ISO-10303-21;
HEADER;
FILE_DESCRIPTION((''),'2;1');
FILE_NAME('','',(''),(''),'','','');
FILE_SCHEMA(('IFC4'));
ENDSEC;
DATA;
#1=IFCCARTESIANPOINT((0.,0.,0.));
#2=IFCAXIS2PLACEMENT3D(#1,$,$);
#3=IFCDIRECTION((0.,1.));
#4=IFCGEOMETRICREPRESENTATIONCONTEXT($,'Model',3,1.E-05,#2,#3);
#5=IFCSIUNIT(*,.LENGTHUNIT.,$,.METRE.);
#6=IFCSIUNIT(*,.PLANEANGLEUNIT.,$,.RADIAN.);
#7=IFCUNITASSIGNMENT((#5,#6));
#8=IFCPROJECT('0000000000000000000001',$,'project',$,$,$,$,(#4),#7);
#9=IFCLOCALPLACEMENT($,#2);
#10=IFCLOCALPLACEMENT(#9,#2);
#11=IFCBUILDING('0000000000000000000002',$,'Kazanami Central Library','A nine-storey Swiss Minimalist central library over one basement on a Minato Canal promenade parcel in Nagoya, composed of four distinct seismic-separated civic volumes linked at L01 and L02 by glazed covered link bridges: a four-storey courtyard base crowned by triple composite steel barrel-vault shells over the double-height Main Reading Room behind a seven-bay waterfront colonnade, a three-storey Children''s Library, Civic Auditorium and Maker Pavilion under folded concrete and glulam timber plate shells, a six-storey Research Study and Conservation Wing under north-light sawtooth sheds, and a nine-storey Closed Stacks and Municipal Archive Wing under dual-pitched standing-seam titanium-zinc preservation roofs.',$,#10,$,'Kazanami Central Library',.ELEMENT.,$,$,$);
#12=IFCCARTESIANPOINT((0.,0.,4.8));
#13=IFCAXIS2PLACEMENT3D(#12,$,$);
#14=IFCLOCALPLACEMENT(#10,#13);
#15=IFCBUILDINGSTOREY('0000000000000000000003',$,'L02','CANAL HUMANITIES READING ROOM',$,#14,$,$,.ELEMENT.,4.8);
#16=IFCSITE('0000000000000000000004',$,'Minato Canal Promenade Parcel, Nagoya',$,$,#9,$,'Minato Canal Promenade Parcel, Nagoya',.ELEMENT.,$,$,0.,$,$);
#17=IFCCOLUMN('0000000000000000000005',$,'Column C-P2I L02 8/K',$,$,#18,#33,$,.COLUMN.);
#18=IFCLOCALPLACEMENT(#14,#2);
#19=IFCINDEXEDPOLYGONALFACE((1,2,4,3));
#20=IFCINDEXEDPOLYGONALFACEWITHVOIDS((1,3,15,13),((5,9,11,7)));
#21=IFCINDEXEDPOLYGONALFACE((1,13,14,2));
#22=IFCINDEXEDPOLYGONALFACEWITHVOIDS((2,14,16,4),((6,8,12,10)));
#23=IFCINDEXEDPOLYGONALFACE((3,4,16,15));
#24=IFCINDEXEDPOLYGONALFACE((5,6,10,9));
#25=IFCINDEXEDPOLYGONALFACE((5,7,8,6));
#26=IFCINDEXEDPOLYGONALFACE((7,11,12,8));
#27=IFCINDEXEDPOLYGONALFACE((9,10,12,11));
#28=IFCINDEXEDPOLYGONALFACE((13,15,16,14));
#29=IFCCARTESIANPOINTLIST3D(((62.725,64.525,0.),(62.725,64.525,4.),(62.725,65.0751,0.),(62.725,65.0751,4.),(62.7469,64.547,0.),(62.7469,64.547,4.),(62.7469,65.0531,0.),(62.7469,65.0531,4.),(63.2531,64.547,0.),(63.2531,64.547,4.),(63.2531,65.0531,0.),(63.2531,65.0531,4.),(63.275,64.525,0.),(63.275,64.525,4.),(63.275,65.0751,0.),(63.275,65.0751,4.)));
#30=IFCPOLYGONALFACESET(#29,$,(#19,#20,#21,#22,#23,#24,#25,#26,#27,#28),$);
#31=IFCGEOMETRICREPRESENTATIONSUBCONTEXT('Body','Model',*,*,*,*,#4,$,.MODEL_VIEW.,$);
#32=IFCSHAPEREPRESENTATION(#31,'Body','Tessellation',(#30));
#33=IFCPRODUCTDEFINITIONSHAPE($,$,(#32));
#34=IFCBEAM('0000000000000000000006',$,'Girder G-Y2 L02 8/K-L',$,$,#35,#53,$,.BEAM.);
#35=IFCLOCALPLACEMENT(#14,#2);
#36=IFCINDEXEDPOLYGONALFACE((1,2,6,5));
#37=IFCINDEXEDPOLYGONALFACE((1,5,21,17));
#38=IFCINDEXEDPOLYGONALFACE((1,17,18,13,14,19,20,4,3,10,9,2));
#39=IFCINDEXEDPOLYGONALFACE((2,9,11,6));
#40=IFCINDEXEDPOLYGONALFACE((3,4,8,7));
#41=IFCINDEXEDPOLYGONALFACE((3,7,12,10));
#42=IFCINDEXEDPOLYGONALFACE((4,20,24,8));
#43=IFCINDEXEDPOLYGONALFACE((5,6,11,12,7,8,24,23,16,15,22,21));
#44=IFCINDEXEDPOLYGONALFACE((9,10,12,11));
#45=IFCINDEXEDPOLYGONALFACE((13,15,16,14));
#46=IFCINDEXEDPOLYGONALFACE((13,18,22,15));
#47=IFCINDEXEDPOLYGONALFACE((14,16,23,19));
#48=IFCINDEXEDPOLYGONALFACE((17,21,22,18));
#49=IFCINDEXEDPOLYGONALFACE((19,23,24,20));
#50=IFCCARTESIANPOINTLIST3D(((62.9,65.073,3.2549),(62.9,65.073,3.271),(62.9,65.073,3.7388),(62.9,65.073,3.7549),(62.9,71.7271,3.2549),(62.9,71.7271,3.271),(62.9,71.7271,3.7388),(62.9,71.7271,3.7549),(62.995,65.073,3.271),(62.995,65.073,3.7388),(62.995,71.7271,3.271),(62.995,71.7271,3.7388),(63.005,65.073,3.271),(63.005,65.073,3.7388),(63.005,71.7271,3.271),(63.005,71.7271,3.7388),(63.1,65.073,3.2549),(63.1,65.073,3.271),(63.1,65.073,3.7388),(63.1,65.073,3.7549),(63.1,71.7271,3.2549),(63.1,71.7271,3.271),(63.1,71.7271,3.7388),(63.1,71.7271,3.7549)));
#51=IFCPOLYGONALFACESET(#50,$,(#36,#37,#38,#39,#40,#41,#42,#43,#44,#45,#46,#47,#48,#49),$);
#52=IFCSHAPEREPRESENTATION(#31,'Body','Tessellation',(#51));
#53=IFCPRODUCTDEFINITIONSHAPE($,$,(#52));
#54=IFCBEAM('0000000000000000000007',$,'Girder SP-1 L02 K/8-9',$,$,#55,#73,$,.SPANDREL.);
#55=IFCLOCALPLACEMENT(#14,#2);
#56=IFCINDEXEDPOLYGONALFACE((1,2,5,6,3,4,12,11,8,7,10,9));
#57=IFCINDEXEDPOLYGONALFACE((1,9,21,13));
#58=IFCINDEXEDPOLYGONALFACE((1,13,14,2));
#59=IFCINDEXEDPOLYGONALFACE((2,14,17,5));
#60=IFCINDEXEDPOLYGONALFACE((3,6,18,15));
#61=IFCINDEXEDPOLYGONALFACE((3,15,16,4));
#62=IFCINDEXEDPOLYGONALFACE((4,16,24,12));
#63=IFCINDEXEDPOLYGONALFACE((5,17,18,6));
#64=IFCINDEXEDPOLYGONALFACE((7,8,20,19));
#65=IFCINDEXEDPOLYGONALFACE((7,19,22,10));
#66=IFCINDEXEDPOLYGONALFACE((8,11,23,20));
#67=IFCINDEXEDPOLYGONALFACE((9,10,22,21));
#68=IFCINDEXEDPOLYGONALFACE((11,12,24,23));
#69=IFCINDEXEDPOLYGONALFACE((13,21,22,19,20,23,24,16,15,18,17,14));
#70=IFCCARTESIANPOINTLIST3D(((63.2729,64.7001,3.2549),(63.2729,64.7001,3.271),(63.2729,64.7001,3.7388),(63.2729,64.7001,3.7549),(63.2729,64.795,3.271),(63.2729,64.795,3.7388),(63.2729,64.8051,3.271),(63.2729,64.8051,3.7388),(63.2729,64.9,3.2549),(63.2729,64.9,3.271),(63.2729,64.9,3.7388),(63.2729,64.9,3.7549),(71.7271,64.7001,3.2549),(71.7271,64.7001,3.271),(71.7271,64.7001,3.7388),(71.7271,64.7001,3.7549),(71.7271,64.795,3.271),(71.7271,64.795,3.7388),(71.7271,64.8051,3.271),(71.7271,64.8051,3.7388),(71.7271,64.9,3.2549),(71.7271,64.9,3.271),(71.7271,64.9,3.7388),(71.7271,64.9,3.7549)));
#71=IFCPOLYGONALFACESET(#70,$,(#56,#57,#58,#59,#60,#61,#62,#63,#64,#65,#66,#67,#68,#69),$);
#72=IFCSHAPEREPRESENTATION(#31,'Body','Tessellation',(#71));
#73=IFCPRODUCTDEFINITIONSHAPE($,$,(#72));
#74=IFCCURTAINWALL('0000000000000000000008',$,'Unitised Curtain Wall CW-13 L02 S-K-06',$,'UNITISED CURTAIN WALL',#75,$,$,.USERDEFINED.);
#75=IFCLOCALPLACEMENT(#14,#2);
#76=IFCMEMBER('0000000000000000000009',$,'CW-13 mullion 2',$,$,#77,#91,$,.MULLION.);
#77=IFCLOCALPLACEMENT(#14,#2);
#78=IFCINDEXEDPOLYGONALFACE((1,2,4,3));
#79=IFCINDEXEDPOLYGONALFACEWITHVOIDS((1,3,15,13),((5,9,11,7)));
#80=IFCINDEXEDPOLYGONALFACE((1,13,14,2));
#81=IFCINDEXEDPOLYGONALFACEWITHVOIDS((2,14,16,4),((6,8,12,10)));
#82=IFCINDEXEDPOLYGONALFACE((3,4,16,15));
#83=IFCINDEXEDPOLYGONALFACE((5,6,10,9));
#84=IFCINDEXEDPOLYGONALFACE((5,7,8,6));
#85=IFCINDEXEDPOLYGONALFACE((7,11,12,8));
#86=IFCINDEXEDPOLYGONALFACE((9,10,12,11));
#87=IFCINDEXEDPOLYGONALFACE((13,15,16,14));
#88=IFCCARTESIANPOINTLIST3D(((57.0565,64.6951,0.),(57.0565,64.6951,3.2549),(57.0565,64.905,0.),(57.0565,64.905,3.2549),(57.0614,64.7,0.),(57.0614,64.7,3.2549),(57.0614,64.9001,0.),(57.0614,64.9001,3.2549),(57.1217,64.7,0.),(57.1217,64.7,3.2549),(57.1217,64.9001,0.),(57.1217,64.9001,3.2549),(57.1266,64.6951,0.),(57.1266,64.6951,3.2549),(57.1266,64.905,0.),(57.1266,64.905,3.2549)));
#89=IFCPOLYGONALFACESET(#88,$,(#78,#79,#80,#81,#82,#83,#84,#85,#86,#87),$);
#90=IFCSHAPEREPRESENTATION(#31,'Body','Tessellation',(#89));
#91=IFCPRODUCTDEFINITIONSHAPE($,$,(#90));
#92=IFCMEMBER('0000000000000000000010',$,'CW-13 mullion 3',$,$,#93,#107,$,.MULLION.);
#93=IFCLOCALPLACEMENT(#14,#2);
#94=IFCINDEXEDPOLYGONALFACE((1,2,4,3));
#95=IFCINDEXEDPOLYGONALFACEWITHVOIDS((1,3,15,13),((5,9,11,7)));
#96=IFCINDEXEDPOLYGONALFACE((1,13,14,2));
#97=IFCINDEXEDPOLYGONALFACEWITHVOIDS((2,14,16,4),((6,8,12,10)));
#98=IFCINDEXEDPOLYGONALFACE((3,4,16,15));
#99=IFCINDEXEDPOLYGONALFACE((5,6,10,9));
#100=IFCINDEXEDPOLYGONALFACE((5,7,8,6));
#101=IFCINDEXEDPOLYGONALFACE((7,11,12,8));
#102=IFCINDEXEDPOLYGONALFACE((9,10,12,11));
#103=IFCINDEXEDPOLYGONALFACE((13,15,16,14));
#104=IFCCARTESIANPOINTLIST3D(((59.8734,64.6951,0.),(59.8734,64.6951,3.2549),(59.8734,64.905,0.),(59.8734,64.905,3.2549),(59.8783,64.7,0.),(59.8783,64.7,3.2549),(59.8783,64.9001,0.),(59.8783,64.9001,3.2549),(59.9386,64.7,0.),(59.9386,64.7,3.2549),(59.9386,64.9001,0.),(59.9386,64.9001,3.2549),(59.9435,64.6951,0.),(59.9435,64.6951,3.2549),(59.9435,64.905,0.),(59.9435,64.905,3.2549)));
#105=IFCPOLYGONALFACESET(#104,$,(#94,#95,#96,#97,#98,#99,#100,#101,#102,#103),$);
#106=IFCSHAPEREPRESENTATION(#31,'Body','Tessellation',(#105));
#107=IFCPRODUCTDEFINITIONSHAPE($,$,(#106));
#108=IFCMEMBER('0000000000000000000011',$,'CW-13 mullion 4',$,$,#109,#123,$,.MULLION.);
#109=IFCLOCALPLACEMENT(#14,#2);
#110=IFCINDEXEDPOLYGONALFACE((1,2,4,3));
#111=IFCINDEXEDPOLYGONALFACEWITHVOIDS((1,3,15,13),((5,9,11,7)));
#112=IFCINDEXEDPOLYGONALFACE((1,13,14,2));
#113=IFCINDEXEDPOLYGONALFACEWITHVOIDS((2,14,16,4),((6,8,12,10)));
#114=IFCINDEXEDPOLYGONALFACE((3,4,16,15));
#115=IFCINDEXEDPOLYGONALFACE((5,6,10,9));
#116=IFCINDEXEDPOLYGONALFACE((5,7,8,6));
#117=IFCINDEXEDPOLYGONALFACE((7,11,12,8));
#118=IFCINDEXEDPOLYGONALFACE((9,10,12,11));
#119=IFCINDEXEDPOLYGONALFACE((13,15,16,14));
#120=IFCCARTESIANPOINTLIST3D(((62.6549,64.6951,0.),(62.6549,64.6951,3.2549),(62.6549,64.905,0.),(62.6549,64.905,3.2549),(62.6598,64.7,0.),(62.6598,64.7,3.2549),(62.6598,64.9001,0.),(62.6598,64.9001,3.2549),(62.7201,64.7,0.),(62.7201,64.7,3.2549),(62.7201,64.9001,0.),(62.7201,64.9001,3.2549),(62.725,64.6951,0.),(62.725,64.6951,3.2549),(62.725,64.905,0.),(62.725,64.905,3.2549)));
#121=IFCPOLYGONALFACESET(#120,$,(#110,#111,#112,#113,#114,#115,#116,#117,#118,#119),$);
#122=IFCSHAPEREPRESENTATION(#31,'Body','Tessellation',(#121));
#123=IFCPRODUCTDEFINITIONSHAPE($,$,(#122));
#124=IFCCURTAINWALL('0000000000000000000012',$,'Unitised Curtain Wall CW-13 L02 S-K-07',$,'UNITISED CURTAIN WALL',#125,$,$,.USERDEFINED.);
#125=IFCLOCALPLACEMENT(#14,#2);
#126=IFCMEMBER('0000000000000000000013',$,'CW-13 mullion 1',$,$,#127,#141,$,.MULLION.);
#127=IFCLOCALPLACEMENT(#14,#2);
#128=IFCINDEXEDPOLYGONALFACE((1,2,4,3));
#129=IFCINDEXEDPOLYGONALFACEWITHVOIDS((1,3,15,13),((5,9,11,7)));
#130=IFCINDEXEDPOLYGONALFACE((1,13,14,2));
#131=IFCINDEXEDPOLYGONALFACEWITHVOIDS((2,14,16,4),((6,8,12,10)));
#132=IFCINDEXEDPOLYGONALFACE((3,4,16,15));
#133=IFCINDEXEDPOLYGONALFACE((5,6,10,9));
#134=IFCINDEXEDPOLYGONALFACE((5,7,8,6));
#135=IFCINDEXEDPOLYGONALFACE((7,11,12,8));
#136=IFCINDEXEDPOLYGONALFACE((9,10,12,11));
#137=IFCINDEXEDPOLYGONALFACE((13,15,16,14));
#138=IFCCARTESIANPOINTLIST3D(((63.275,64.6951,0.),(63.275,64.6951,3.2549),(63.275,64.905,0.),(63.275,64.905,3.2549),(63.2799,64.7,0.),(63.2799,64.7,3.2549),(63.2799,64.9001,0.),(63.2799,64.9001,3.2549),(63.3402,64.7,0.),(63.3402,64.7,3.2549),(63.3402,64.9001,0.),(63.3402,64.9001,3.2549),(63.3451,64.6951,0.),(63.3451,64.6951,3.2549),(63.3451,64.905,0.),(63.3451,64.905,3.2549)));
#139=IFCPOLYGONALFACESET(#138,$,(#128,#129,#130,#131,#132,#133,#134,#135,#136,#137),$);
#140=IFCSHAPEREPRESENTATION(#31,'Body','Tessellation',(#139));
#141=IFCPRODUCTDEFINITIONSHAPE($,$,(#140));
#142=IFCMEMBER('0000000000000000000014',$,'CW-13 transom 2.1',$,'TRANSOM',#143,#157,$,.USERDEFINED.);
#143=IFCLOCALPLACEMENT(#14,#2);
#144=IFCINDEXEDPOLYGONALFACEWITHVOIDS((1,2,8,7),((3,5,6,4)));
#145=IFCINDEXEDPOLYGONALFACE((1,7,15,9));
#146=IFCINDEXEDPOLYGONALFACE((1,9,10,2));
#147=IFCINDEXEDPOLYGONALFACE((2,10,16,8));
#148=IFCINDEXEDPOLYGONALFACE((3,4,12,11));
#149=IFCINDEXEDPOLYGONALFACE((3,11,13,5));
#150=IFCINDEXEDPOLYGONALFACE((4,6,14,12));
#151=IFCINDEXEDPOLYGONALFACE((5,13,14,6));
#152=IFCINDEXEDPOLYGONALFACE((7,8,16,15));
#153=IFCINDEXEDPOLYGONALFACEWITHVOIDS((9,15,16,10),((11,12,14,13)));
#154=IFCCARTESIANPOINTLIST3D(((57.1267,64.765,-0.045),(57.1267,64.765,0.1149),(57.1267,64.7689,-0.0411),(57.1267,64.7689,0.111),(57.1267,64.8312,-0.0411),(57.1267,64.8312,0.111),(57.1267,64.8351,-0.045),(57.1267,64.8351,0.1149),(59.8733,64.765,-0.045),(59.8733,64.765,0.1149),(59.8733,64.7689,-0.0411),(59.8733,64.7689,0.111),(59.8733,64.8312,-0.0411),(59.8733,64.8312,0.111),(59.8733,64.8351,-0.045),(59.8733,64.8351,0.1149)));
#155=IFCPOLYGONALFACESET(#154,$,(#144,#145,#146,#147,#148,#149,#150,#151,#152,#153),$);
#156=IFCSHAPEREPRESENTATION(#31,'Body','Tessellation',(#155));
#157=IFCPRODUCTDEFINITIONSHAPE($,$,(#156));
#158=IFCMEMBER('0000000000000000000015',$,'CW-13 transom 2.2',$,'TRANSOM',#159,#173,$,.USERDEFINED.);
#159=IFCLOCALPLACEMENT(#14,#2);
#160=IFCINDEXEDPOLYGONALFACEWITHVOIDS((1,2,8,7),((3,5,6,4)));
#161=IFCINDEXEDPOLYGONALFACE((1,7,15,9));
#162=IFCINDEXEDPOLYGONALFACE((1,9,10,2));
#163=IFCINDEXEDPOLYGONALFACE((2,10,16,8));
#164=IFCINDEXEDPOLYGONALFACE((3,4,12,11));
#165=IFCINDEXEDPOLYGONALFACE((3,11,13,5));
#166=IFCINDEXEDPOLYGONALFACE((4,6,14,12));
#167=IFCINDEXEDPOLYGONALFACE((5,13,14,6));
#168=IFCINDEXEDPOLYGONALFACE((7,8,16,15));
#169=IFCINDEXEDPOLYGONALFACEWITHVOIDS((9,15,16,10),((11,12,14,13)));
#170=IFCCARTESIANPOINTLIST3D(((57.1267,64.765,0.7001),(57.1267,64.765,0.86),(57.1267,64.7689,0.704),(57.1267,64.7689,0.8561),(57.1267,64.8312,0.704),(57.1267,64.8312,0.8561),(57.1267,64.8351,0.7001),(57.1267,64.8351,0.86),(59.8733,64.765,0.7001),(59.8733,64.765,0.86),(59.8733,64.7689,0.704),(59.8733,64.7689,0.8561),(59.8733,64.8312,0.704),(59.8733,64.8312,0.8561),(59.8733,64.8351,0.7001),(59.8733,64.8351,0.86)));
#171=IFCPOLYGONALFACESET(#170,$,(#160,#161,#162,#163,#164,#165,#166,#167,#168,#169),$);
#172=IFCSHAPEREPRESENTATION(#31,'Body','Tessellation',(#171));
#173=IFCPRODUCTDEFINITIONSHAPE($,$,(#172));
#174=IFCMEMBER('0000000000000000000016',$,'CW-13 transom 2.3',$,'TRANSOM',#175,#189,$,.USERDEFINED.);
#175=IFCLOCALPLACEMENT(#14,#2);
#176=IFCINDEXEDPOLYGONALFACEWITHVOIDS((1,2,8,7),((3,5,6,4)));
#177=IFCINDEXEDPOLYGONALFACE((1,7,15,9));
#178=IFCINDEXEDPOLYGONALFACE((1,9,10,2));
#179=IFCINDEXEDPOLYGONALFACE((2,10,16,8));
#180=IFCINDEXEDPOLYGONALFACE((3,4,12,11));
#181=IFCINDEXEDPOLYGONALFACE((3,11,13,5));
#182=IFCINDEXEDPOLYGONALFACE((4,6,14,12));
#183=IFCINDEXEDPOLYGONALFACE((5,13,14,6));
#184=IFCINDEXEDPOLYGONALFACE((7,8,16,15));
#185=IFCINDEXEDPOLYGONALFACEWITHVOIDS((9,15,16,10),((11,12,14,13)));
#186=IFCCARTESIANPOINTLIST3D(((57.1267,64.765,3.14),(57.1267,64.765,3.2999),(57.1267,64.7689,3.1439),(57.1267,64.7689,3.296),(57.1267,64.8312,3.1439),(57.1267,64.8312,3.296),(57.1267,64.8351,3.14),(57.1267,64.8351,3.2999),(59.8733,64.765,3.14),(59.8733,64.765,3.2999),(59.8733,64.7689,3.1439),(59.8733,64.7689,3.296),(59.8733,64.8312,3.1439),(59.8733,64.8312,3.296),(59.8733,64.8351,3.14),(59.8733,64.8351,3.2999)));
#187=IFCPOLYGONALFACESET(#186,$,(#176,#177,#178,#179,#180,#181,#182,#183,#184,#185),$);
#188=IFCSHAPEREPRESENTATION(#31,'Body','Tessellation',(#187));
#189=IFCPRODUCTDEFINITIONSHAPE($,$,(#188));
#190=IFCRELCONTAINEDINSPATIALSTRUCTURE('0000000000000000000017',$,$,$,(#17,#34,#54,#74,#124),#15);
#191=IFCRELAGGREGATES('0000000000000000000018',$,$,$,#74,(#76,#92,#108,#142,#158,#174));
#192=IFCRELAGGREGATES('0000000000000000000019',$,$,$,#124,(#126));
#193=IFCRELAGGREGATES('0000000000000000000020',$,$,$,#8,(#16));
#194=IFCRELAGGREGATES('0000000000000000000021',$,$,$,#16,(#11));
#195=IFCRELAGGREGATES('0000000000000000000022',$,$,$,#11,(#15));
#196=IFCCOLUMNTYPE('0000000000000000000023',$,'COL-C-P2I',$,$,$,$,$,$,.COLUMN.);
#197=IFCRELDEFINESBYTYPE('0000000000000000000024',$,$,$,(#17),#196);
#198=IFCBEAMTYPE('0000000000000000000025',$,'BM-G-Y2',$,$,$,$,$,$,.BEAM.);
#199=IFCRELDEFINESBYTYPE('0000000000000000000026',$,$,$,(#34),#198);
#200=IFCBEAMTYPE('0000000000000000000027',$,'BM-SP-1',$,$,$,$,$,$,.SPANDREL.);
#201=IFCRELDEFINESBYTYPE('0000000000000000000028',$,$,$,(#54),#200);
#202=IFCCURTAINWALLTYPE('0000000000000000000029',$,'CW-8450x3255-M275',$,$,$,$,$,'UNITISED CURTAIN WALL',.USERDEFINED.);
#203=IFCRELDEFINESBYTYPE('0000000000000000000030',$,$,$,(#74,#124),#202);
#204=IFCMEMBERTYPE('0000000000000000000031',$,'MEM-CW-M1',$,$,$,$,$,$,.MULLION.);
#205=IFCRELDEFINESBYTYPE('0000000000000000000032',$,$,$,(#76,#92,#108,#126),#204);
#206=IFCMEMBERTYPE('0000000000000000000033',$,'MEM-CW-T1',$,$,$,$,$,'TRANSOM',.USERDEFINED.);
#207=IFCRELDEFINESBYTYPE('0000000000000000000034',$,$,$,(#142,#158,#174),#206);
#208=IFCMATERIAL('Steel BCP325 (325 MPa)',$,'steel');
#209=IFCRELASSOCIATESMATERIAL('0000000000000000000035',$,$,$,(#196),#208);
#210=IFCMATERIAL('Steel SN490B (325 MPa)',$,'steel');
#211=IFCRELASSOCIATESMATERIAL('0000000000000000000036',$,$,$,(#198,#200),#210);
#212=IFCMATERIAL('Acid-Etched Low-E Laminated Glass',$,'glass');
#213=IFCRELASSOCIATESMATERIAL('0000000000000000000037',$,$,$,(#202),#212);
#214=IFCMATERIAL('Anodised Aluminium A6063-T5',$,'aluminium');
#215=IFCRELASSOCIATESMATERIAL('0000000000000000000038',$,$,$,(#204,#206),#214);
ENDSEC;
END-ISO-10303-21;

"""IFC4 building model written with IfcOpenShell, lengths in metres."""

from ifc_helpers import new_model, si_unit, direction, frame, origin, origin_2d, place, context, subcontext, project, spatial, hollow_rectangle, i_section, extrude, material, material_profile, profile_set, type_object, element, aggregate, save


model = new_model("IFC4")

# Units and contexts
model_context = context("Model", 3, precision=1e-05, world=origin(), true_north=direction((0.0, 1.0)))
body_context = subcontext(model_context, "Body", "Model", "MODEL_VIEW")
ifc_project = project(units=[si_unit("LENGTHUNIT", "METRE"), si_unit("PLANEANGLEUNIT", "RADIAN")], contexts=[model_context])

# Site, building, storey
site_placement = place(None, origin())
site = spatial("IfcSite", under=ifc_project, at=site_placement, Name="Minato Canal Promenade Parcel, Nagoya", LongName="Minato Canal Promenade Parcel, Nagoya", CompositionType="ELEMENT", RefElevation=0.0)
building_placement = place(site_placement, origin())
building = spatial("IfcBuilding", under=site, at=building_placement, Name="Kazanami Central Library", Description="A nine-storey Swiss Minimalist central library over one basement on a Minato Canal promenade parcel in Nagoya, composed of four distinct seismic-separated civic volumes linked at L01 and L02 by glazed covered link bridges: a four-storey courtyard base crowned by triple composite steel barrel-vault shells over the double-height Main Reading Room behind a seven-bay waterfront colonnade, a three-storey Children's Library, Civic Auditorium and Maker Pavilion under folded concrete and glulam timber plate shells, a six-storey Research Study and Conservation Wing under north-light sawtooth sheds, and a nine-storey Closed Stacks and Municipal Archive Wing under dual-pitched standing-seam titanium-zinc preservation roofs.", LongName="Kazanami Central Library", CompositionType="ELEMENT")
storey_placement = place(building_placement, frame((0.0, 0.0, 4.8)))
storey = spatial("IfcBuildingStorey", under=building, at=storey_placement, Name="L02", Description="CANAL HUMANITIES READING ROOM", CompositionType="ELEMENT", Elevation=4.8)

# Column
ifc_material_1 = material(Name="Steel BCP325 (325 MPa)", Category="steel")
ifc_material_profile_1 = material_profile(ifc_material_1, hollow_rectangle(XDim=0.55, YDim=0.55, WallThickness=0.022, at=origin_2d()), Name="BCP-550x550x22")
ifc_profile_set_1 = profile_set([ifc_material_profile_1], Name="Steel BCP325 (325 MPa)")
column_type = type_object("IfcColumnType", Name="COL-C-P2I", PredefinedType="COLUMN", material=ifc_profile_set_1)
column_placement = place(storey_placement, frame((63.0, 64.8, 0.0), z_axis=(0.0, 0.0, 1.0), x_axis=(1.0, 0.0, 0.0)))
element("IfcColumn", 1, at=column_placement, inside=storey, type_object=column_type, Name="Column C-P2I L02 8/K", PredefinedType="COLUMN", context=body_context, shape_type="SweptSolid", body=[
    extrude(hollow_rectangle(XDim=0.55, YDim=0.55, WallThickness=0.022, at=origin_2d()), origin(), (0.0, 0.0, 1.0), 4.0),
])

# Beams
ifc_material_2 = material(Name="Steel SN490B (325 MPa)", Category="steel")
ifc_material_profile_2 = material_profile(ifc_material_2, i_section(OverallWidth=0.2, OverallDepth=0.5, WebThickness=0.01, FlangeThickness=0.0161, at=origin_2d()), Name="H-500x200x10x16")
ifc_profile_set_2 = profile_set([ifc_material_profile_2], Name="Steel SN490B (325 MPa)")
beam_type_1 = type_object("IfcBeamType", Name="BM-G-Y2", PredefinedType="BEAM", material=ifc_profile_set_2)
beam_1_placement = place(storey_placement, frame((63.0, 65.073, 3.5049), z_axis=(0.0, 1.0, 0.0), x_axis=(-1.0, 0.0, 0.0)))
element("IfcBeam", 2, at=beam_1_placement, inside=storey, type_object=beam_type_1, Name="Girder G-Y2 L02 8/K-L", PredefinedType="BEAM", context=body_context, shape_type="SweptSolid", body=[
    extrude(i_section(OverallWidth=0.2, OverallDepth=0.5, WebThickness=0.01, FlangeThickness=0.0161, at=origin_2d()), origin(), (0.0, 0.0, 1.0), 6.6541),
])
ifc_material_profile_3 = material_profile(ifc_material_2, i_section(OverallWidth=0.2, OverallDepth=0.5, WebThickness=0.01, FlangeThickness=0.0161, at=origin_2d()), Name="H-500x200x10x16")
ifc_profile_set_3 = profile_set([ifc_material_profile_3], Name="Steel SN490B (325 MPa)")
beam_type_2 = type_object("IfcBeamType", Name="BM-SP-1", PredefinedType="SPANDREL", material=ifc_profile_set_3)
beam_2_placement = place(storey_placement, frame((63.2729, 64.8, 3.5049), z_axis=(1.0, 0.0, 0.0), x_axis=(0.0, 1.0, 0.0)))
element("IfcBeam", 3, at=beam_2_placement, inside=storey, type_object=beam_type_2, Name="Girder SP-1 L02 K/8-9", PredefinedType="SPANDREL", context=body_context, shape_type="SweptSolid", body=[
    extrude(i_section(OverallWidth=0.2, OverallDepth=0.5, WebThickness=0.01, FlangeThickness=0.0161, at=origin_2d()), origin(), (0.0, 0.0, 1.0), 8.4541),
])

# Curtain wall, members
ifc_material_3 = material(Name="Acid-Etched Low-E Laminated Glass", Category="glass")
curtain_wall_type = type_object("IfcCurtainWallType", Name="CW-8450x3255-M275", ElementType="UNITISED CURTAIN WALL", PredefinedType="USERDEFINED", material=ifc_material_3)
curtain_wall_1_placement = place(storey_placement, origin())
curtain_wall_1 = element("IfcCurtainWall", 4, at=curtain_wall_1_placement, inside=storey, type_object=curtain_wall_type, Name="Unitised Curtain Wall CW-13 L02 S-K-06", ObjectType="UNITISED CURTAIN WALL", PredefinedType="USERDEFINED")
ifc_material_4 = material(Name="Anodised Aluminium A6063-T5", Category="aluminium")
ifc_material_profile_4 = material_profile(ifc_material_4, hollow_rectangle(XDim=0.0701, YDim=0.21, WallThickness=0.0049, at=origin_2d()), Name="ALU-MULL-70x210x5")
ifc_profile_set_4 = profile_set([ifc_material_profile_4], Name="Anodised Aluminium A6063-T5")
member_type_1 = type_object("IfcMemberType", Name="MEM-CW-M1", PredefinedType="MULLION", material=ifc_profile_set_4)
member_1_placement = place(storey_placement, frame((57.0916, 64.8, 0.0), z_axis=(0.0, 0.0, 1.0), x_axis=(1.0, 0.0, 0.0)))
member_1 = element("IfcMember", 5, at=member_1_placement, type_object=member_type_1, Name="CW-13 mullion 2", PredefinedType="MULLION", context=body_context, shape_type="SweptSolid", body=[
    extrude(hollow_rectangle(XDim=0.0701, YDim=0.21, WallThickness=0.0049, at=origin_2d()), origin(), (0.0, 0.0, 1.0), 3.2549),
])
member_2_placement = place(storey_placement, frame((59.9084, 64.8, 0.0), z_axis=(0.0, 0.0, 1.0), x_axis=(1.0, 0.0, 0.0)))
member_2 = element("IfcMember", 6, at=member_2_placement, type_object=member_type_1, Name="CW-13 mullion 3", PredefinedType="MULLION", context=body_context, shape_type="SweptSolid", body=[
    extrude(hollow_rectangle(XDim=0.0701, YDim=0.21, WallThickness=0.0049, at=origin_2d()), origin(), (0.0, 0.0, 1.0), 3.2549),
])
member_3_placement = place(storey_placement, frame((62.6899, 64.8, 0.0), z_axis=(0.0, 0.0, 1.0), x_axis=(1.0, 0.0, 0.0)))
member_3 = element("IfcMember", 7, at=member_3_placement, type_object=member_type_1, Name="CW-13 mullion 4", PredefinedType="MULLION", context=body_context, shape_type="SweptSolid", body=[
    extrude(hollow_rectangle(XDim=0.0701, YDim=0.21, WallThickness=0.0049, at=origin_2d()), origin(), (0.0, 0.0, 1.0), 3.2549),
])

# Curtain wall, member
curtain_wall_2_placement = place(storey_placement, origin())
curtain_wall_2 = element("IfcCurtainWall", 8, at=curtain_wall_2_placement, inside=storey, type_object=curtain_wall_type, Name="Unitised Curtain Wall CW-13 L02 S-K-07", ObjectType="UNITISED CURTAIN WALL", PredefinedType="USERDEFINED")
member_4_placement = place(storey_placement, frame((63.3101, 64.8, 0.0), z_axis=(0.0, 0.0, 1.0), x_axis=(1.0, 0.0, 0.0)))
member_4 = element("IfcMember", 9, at=member_4_placement, type_object=member_type_1, Name="CW-13 mullion 1", PredefinedType="MULLION", context=body_context, shape_type="SweptSolid", body=[
    extrude(hollow_rectangle(XDim=0.0701, YDim=0.21, WallThickness=0.0049, at=origin_2d()), origin(), (0.0, 0.0, 1.0), 3.2549),
])

# Members
ifc_material_profile_5 = material_profile(ifc_material_4, hollow_rectangle(XDim=0.0701, YDim=0.1599, WallThickness=0.0039, at=origin_2d()), Name="ALU-TRAN-70x160x4")
ifc_profile_set_5 = profile_set([ifc_material_profile_5], Name="Anodised Aluminium A6063-T5")
member_type_2 = type_object("IfcMemberType", Name="MEM-CW-T1", ElementType="TRANSOM", PredefinedType="USERDEFINED", material=ifc_profile_set_5)
member_5_placement = place(storey_placement, frame((57.1267, 64.8, 0.0349), z_axis=(1.0, 0.0, 0.0), x_axis=(0.0, 1.0, 0.0)))
member_5 = element("IfcMember", 10, at=member_5_placement, type_object=member_type_2, Name="CW-13 transom 2.1", ObjectType="TRANSOM", PredefinedType="USERDEFINED", context=body_context, shape_type="SweptSolid", body=[
    extrude(hollow_rectangle(XDim=0.0701, YDim=0.1599, WallThickness=0.0039, at=origin_2d()), origin(), (0.0, 0.0, 1.0), 2.7466),
])
member_6_placement = place(storey_placement, frame((57.1267, 64.8, 0.78), z_axis=(1.0, 0.0, 0.0), x_axis=(0.0, 1.0, 0.0)))
member_6 = element("IfcMember", 11, at=member_6_placement, type_object=member_type_2, Name="CW-13 transom 2.2", ObjectType="TRANSOM", PredefinedType="USERDEFINED", context=body_context, shape_type="SweptSolid", body=[
    extrude(hollow_rectangle(XDim=0.0701, YDim=0.1599, WallThickness=0.0039, at=origin_2d()), origin(), (0.0, 0.0, 1.0), 2.7466),
])
member_7_placement = place(storey_placement, frame((57.1267, 64.8, 3.22), z_axis=(1.0, 0.0, 0.0), x_axis=(0.0, 1.0, 0.0)))
member_7 = element("IfcMember", 12, at=member_7_placement, type_object=member_type_2, Name="CW-13 transom 2.3", ObjectType="TRANSOM", PredefinedType="USERDEFINED", context=body_context, shape_type="SweptSolid", body=[
    extrude(hollow_rectangle(XDim=0.0701, YDim=0.1599, WallThickness=0.0039, at=origin_2d()), origin(), (0.0, 0.0, 1.0), 2.7466),
])

aggregate(curtain_wall_1, [member_1, member_2, member_3, member_5, member_6, member_7])
aggregate(curtain_wall_2, [member_4])

save(model, "model.ifc")
